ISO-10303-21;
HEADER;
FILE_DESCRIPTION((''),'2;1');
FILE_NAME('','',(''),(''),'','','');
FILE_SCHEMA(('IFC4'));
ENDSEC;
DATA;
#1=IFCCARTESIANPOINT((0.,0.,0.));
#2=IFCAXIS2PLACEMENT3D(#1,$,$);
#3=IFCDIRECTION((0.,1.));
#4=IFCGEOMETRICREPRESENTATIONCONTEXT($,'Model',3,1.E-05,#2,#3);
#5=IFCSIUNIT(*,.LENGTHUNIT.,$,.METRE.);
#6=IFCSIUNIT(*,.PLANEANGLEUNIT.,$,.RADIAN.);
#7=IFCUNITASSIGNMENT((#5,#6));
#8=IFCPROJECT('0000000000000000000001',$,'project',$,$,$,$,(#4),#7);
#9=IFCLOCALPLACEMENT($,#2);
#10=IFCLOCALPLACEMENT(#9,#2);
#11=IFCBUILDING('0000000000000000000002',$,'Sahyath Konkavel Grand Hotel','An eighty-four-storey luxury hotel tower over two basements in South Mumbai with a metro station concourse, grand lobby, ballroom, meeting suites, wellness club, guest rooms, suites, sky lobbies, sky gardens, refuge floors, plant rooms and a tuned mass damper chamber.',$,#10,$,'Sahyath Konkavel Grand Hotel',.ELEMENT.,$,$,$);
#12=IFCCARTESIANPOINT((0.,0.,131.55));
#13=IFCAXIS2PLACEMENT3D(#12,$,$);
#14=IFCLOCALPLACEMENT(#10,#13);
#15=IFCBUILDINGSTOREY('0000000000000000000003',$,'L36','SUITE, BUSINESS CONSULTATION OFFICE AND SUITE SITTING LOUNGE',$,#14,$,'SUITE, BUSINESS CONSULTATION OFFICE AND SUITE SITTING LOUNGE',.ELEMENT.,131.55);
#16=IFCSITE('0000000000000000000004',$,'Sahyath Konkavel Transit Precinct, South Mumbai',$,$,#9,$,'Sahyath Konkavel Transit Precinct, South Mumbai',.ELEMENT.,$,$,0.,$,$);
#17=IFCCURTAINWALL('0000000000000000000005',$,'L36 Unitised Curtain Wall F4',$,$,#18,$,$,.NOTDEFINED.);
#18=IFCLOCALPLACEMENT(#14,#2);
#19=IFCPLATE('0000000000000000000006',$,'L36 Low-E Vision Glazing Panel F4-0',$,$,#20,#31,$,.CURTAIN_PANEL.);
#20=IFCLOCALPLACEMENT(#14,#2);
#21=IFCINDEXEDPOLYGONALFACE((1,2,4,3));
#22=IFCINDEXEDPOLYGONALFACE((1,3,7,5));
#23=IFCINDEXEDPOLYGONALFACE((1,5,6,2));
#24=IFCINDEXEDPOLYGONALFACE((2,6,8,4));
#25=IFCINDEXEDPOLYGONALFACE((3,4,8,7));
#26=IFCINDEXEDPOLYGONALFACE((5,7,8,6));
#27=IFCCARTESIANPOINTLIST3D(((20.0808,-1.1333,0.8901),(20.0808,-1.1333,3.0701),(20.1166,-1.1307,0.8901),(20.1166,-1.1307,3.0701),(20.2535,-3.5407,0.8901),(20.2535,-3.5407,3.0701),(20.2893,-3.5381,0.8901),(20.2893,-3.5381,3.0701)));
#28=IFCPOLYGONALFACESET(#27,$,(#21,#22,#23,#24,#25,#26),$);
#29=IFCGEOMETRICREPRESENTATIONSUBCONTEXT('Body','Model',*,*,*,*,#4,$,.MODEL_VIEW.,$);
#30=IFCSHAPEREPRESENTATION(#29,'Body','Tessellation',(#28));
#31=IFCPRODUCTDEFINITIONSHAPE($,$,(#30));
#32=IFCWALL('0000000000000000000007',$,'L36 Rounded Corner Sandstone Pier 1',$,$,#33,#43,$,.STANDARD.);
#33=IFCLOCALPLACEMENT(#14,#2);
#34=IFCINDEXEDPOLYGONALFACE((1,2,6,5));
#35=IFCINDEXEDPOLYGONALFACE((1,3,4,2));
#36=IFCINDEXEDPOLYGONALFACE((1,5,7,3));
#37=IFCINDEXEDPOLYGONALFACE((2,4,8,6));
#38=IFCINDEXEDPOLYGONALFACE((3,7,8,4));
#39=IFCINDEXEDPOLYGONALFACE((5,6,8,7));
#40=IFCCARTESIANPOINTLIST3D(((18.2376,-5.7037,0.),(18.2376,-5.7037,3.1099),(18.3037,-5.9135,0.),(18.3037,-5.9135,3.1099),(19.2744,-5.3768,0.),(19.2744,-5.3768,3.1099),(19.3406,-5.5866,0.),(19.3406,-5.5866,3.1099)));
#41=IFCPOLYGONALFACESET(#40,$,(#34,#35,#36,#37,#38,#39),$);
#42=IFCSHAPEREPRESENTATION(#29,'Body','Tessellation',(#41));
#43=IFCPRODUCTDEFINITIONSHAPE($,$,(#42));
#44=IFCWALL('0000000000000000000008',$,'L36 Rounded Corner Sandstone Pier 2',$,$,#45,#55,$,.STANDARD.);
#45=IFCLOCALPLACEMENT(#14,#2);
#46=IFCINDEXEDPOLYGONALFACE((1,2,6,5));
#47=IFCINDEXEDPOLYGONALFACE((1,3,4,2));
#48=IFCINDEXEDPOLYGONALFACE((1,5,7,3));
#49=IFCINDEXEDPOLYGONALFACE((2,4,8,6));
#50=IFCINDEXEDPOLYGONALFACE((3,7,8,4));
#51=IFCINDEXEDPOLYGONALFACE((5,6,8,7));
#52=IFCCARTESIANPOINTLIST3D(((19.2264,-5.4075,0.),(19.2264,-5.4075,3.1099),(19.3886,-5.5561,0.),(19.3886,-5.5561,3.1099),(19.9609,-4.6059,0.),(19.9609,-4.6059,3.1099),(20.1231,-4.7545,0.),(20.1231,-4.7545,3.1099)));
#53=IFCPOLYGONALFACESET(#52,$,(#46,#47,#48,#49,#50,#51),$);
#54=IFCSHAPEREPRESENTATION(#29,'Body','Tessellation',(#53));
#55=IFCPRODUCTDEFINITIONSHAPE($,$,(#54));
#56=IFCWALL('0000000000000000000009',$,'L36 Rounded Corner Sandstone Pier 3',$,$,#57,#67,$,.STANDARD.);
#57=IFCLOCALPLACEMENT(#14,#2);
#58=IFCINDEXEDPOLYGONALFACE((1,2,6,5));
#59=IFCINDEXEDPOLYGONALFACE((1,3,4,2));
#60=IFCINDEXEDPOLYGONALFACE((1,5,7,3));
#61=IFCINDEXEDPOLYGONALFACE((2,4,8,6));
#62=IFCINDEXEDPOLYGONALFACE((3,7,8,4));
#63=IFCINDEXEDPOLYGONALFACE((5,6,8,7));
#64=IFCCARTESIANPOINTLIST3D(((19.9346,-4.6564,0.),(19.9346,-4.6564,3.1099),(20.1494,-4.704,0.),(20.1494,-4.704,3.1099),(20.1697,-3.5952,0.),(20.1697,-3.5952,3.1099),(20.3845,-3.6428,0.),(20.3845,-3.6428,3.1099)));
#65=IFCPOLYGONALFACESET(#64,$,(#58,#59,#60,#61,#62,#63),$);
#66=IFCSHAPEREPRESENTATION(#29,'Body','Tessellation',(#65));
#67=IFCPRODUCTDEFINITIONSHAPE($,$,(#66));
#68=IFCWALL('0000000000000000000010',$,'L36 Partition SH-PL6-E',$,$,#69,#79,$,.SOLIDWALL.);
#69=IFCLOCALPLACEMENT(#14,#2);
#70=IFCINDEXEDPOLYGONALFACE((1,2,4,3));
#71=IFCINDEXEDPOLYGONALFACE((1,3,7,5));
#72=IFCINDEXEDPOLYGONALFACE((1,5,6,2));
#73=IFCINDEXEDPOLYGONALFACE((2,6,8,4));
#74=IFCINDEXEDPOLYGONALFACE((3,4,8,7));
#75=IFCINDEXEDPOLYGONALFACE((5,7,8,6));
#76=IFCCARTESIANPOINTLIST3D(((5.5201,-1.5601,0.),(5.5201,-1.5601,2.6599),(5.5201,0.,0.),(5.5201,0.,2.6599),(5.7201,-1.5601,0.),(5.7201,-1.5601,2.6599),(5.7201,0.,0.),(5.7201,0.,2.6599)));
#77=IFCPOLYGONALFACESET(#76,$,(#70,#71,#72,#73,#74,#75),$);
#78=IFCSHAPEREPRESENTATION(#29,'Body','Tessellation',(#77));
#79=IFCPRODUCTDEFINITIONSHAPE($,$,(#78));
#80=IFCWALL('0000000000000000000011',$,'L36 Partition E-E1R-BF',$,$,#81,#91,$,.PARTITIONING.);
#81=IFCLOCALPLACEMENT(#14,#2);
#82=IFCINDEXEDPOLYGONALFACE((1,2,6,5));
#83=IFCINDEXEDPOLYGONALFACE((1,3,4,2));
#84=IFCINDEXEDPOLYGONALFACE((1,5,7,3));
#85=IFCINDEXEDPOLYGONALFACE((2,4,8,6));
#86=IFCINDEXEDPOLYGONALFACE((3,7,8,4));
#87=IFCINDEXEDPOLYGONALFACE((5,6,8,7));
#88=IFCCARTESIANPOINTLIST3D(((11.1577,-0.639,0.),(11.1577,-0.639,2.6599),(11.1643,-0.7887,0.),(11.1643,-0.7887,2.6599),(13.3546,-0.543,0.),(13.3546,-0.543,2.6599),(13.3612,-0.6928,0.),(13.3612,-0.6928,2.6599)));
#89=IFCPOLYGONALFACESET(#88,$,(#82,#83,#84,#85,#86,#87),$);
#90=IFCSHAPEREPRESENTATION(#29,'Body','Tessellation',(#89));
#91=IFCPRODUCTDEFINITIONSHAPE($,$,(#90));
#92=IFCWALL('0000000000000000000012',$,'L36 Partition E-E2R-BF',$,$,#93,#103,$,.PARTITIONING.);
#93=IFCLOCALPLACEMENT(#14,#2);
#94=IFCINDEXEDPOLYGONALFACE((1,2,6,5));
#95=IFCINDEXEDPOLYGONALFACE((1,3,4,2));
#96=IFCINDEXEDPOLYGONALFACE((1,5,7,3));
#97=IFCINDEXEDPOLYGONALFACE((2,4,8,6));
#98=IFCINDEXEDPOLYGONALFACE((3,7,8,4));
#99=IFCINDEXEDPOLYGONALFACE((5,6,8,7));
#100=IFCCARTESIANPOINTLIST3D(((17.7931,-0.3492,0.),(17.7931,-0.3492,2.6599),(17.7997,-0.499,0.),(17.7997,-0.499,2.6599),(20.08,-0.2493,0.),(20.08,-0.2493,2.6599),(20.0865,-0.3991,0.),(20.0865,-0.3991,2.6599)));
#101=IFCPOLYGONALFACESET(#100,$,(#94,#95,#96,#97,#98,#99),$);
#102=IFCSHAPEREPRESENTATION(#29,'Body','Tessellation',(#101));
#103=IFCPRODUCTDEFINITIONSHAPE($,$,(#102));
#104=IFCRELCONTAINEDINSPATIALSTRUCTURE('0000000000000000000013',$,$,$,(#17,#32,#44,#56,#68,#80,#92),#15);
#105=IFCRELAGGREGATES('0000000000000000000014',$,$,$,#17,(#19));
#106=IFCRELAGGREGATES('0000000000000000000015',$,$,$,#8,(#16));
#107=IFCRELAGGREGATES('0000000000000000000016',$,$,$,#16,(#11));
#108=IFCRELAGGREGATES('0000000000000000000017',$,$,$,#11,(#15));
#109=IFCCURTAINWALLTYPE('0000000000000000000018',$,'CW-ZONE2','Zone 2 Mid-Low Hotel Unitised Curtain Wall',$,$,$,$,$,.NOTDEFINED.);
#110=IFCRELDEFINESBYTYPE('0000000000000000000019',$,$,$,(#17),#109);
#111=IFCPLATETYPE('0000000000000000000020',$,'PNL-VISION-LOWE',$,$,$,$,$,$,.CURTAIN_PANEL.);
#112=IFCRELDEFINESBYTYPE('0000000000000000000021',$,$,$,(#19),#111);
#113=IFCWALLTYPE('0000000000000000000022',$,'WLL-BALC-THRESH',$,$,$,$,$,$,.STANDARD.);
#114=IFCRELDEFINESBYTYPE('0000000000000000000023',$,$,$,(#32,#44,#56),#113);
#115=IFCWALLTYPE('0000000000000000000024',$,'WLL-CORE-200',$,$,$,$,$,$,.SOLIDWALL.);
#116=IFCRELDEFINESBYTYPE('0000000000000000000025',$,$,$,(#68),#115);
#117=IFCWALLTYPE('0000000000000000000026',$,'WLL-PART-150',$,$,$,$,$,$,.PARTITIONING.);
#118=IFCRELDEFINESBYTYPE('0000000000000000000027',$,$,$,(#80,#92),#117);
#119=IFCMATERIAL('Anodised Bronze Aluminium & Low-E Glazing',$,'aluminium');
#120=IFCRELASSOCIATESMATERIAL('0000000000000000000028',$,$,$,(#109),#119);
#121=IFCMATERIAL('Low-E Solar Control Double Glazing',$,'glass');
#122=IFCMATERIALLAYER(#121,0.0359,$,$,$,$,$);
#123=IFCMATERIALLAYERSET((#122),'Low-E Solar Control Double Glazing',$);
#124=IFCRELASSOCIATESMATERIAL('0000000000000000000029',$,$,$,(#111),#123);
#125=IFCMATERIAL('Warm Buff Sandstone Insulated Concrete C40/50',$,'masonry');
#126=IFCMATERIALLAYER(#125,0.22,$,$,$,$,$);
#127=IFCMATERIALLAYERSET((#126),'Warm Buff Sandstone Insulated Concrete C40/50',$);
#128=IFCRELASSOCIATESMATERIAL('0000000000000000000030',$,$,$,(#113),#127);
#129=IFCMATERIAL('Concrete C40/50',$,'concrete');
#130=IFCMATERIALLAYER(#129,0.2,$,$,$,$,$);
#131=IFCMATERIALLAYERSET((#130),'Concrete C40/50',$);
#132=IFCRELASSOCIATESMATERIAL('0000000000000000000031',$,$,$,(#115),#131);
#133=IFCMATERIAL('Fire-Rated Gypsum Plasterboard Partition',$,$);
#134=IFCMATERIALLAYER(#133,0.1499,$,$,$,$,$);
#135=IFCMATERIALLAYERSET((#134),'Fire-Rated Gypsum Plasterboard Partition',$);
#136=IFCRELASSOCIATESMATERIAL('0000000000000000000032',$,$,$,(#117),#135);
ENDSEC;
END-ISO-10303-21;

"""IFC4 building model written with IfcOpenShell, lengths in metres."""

from ifc_helpers import new_model, si_unit, direction, frame, frame_2d, origin, origin_2d, place, context, subcontext, project, spatial, rectangle, extrude, source, transform, mapped, material, layer, layer_set, type_object, element, aggregate, save


model = new_model("IFC4")

# Units and contexts
model_context = context("Model", 3, precision=1e-05, world=origin(), true_north=direction((0.0, 1.0)))
body_context = subcontext(model_context, "Body", "Model", "MODEL_VIEW")
ifc_project = project(units=[si_unit("LENGTHUNIT", "METRE"), si_unit("PLANEANGLEUNIT", "RADIAN")], contexts=[model_context])

# Site, building, storey
site_placement = place(None, origin())
site = spatial("IfcSite", under=ifc_project, at=site_placement, Name="Sahyath Konkavel Transit Precinct, South Mumbai", LongName="Sahyath Konkavel Transit Precinct, South Mumbai", CompositionType="ELEMENT", RefElevation=0.0)
building_placement = place(site_placement, origin())
building = spatial("IfcBuilding", under=site, at=building_placement, Name="Sahyath Konkavel Grand Hotel", Description="An eighty-four-storey luxury hotel tower over two basements in South Mumbai with a metro station concourse, grand lobby, ballroom, meeting suites, wellness club, guest rooms, suites, sky lobbies, sky gardens, refuge floors, plant rooms and a tuned mass damper chamber.", LongName="Sahyath Konkavel Grand Hotel", CompositionType="ELEMENT")
storey_placement = place(building_placement, frame((0.0, 0.0, 131.55)))
storey = spatial("IfcBuildingStorey", under=building, at=storey_placement, Name="L36", Description="SUITE, BUSINESS CONSULTATION OFFICE AND SUITE SITTING LOUNGE", LongName="SUITE, BUSINESS CONSULTATION OFFICE AND SUITE SITTING LOUNGE", CompositionType="ELEMENT", Elevation=131.55)

# Shared definitions
ifc_material_1 = material(Name="Anodised Bronze Aluminium & Low-E Glazing", Category="aluminium")
curtain_wall_type = type_object("IfcCurtainWallType", Name="CW-ZONE2", Description="Zone 2 Mid-Low Hotel Unitised Curtain Wall", PredefinedType="NOTDEFINED", material=ifc_material_1)

# Curtain wall
curtain_wall_1_placement = place(storey_placement, origin())
curtain_wall_1 = element("IfcCurtainWall", 1, at=curtain_wall_1_placement, inside=storey, type_object=curtain_wall_type, Name="L36 Unitised Curtain Wall F4", PredefinedType="NOTDEFINED")

# Plate
ifc_material_2 = material(Name="Low-E Solar Control Double Glazing", Category="glass")
ifc_layer_1 = layer(ifc_material_2, 0.0359)
ifc_layer_set_1 = layer_set([ifc_layer_1], Name="Low-E Solar Control Double Glazing")
plate_type_1 = type_object("IfcPlateType", Name="PNL-VISION-LOWE", PredefinedType="CURTAIN_PANEL", material=ifc_layer_set_1)
shared_shape_1 = source(origin(), body_context, "Body", "SweptSolid", [
    extrude(rectangle(XDim=2.4136, YDim=0.0359, at=origin_2d()), origin(), (0.0, 0.0, 1.0), 2.1799),
])
plate_1_placement = place(storey_placement, frame((20.1851, -2.3357, 0.8901), z_axis=(0.0, 0.0, 1.0), x_axis=(-0.071567, 0.997436, 0.0)))
plate_1 = element("IfcPlate", 2, at=plate_1_placement, type_object=plate_type_1, Name="L36 Low-E Vision Glazing Panel F4-0", PredefinedType="CURTAIN_PANEL", context=body_context, shape_type="MappedRepresentation", body=[
    mapped(shared_shape_1, transform((0.0, 0.0, 0.0), scale=1.0)),
])
aggregate(curtain_wall_1, [plate_1])

# Walls
ifc_material_3 = material(Name="Warm Buff Sandstone Insulated Concrete C40/50", Category="masonry")
ifc_layer_2 = layer(ifc_material_3, 0.22)
ifc_layer_set_2 = layer_set([ifc_layer_2], Name="Warm Buff Sandstone Insulated Concrete C40/50")
wall_type_1 = type_object("IfcWallType", Name="WLL-BALC-THRESH", PredefinedType="STANDARD", material=ifc_layer_set_2)
for number, where, z_axis, x_axis, name in (
    (3, (18.2708, -5.8086, 0.0), (0.0, 0.0, 1.0), (0.953722, 0.300691, 0.0), "L36 Rounded Corner Sandstone Pier 1"),
    (4, (19.3076, -5.4817, 0.0), (0.0, 0.0, 1.0), (0.675552, 0.737313, 0.0), "L36 Rounded Corner Sandstone Pier 2"),
):
    element("IfcWall", number, at=place(storey_placement, frame(where, z_axis=z_axis, x_axis=x_axis)), inside=storey, type_object=wall_type_1, Name=name, PredefinedType="STANDARD", context=body_context, shape_type="SweptSolid", body=[
        extrude(rectangle(XDim=1.0872, YDim=0.22, at=frame_2d((0.5435, 0.0))), origin(), (0.0, 0.0, 1.0), 3.1099),
    ])
wall_1_placement = place(storey_placement, frame((20.042, -4.6802, 0.0), z_axis=(0.0, 0.0, 1.0), x_axis=(0.216288, 0.97633, 0.0)))
element("IfcWall", 5, at=wall_1_placement, inside=storey, type_object=wall_type_1, Name="L36 Rounded Corner Sandstone Pier 3", PredefinedType="STANDARD", context=body_context, shape_type="SweptSolid", body=[
    extrude(rectangle(XDim=1.0869, YDim=0.22, at=frame_2d((0.5435, 0.0))), origin(), (0.0, 0.0, 1.0), 3.1099),
])
ifc_material_4 = material(Name="Concrete C40/50", Category="concrete")
ifc_layer_3 = layer(ifc_material_4, 0.2)
ifc_layer_set_3 = layer_set([ifc_layer_3], Name="Concrete C40/50")
wall_type_2 = type_object("IfcWallType", Name="WLL-CORE-200", PredefinedType="SOLIDWALL", material=ifc_layer_set_3)
wall_2_placement = place(storey_placement, frame((5.6201, -1.5601, 0.0), z_axis=(0.0, 0.0, 1.0), x_axis=(0.0, 1.0, 0.0)))
element("IfcWall", 6, at=wall_2_placement, inside=storey, type_object=wall_type_2, Name="L36 Partition SH-PL6-E", PredefinedType="SOLIDWALL", context=body_context, shape_type="SweptSolid", body=[
    extrude(rectangle(XDim=1.5601, YDim=0.2, at=frame_2d((0.78, 0.0))), origin(), (0.0, 0.0, 1.0), 2.6599),
])
ifc_material_5 = material(Name="Fire-Rated Gypsum Plasterboard Partition")
ifc_layer_4 = layer(ifc_material_5, 0.1499)
ifc_layer_set_4 = layer_set([ifc_layer_4], Name="Fire-Rated Gypsum Plasterboard Partition")
wall_type_3 = type_object("IfcWallType", Name="WLL-PART-150", PredefinedType="PARTITIONING", material=ifc_layer_set_4)
wall_3_placement = place(storey_placement, frame((11.1609, -0.7139, 0.0), z_axis=(0.0, 0.0, 1.0), x_axis=(0.999048, 0.043635, 0.0)))
element("IfcWall", 7, at=wall_3_placement, inside=storey, type_object=wall_type_3, Name="L36 Partition E-E1R-BF", PredefinedType="PARTITIONING", context=body_context, shape_type="SweptSolid", body=[
    extrude(rectangle(XDim=2.199, YDim=0.1499, at=frame_2d((1.0996, 0.0))), origin(), (0.0, 0.0, 1.0), 2.6599),
])
wall_4_placement = place(storey_placement, frame((17.7964, -0.4241, 0.0), z_axis=(0.0, 0.0, 1.0), x_axis=(0.999048, 0.043622, 0.0)))
element("IfcWall", 8, at=wall_4_placement, inside=storey, type_object=wall_type_3, Name="L36 Partition E-E2R-BF", PredefinedType="PARTITIONING", context=body_context, shape_type="SweptSolid", body=[
    extrude(rectangle(XDim=2.2891, YDim=0.1499, at=frame_2d((1.1445, 0.0))), origin(), (0.0, 0.0, 1.0), 2.6599),
])

save(model, "model.ifc")
